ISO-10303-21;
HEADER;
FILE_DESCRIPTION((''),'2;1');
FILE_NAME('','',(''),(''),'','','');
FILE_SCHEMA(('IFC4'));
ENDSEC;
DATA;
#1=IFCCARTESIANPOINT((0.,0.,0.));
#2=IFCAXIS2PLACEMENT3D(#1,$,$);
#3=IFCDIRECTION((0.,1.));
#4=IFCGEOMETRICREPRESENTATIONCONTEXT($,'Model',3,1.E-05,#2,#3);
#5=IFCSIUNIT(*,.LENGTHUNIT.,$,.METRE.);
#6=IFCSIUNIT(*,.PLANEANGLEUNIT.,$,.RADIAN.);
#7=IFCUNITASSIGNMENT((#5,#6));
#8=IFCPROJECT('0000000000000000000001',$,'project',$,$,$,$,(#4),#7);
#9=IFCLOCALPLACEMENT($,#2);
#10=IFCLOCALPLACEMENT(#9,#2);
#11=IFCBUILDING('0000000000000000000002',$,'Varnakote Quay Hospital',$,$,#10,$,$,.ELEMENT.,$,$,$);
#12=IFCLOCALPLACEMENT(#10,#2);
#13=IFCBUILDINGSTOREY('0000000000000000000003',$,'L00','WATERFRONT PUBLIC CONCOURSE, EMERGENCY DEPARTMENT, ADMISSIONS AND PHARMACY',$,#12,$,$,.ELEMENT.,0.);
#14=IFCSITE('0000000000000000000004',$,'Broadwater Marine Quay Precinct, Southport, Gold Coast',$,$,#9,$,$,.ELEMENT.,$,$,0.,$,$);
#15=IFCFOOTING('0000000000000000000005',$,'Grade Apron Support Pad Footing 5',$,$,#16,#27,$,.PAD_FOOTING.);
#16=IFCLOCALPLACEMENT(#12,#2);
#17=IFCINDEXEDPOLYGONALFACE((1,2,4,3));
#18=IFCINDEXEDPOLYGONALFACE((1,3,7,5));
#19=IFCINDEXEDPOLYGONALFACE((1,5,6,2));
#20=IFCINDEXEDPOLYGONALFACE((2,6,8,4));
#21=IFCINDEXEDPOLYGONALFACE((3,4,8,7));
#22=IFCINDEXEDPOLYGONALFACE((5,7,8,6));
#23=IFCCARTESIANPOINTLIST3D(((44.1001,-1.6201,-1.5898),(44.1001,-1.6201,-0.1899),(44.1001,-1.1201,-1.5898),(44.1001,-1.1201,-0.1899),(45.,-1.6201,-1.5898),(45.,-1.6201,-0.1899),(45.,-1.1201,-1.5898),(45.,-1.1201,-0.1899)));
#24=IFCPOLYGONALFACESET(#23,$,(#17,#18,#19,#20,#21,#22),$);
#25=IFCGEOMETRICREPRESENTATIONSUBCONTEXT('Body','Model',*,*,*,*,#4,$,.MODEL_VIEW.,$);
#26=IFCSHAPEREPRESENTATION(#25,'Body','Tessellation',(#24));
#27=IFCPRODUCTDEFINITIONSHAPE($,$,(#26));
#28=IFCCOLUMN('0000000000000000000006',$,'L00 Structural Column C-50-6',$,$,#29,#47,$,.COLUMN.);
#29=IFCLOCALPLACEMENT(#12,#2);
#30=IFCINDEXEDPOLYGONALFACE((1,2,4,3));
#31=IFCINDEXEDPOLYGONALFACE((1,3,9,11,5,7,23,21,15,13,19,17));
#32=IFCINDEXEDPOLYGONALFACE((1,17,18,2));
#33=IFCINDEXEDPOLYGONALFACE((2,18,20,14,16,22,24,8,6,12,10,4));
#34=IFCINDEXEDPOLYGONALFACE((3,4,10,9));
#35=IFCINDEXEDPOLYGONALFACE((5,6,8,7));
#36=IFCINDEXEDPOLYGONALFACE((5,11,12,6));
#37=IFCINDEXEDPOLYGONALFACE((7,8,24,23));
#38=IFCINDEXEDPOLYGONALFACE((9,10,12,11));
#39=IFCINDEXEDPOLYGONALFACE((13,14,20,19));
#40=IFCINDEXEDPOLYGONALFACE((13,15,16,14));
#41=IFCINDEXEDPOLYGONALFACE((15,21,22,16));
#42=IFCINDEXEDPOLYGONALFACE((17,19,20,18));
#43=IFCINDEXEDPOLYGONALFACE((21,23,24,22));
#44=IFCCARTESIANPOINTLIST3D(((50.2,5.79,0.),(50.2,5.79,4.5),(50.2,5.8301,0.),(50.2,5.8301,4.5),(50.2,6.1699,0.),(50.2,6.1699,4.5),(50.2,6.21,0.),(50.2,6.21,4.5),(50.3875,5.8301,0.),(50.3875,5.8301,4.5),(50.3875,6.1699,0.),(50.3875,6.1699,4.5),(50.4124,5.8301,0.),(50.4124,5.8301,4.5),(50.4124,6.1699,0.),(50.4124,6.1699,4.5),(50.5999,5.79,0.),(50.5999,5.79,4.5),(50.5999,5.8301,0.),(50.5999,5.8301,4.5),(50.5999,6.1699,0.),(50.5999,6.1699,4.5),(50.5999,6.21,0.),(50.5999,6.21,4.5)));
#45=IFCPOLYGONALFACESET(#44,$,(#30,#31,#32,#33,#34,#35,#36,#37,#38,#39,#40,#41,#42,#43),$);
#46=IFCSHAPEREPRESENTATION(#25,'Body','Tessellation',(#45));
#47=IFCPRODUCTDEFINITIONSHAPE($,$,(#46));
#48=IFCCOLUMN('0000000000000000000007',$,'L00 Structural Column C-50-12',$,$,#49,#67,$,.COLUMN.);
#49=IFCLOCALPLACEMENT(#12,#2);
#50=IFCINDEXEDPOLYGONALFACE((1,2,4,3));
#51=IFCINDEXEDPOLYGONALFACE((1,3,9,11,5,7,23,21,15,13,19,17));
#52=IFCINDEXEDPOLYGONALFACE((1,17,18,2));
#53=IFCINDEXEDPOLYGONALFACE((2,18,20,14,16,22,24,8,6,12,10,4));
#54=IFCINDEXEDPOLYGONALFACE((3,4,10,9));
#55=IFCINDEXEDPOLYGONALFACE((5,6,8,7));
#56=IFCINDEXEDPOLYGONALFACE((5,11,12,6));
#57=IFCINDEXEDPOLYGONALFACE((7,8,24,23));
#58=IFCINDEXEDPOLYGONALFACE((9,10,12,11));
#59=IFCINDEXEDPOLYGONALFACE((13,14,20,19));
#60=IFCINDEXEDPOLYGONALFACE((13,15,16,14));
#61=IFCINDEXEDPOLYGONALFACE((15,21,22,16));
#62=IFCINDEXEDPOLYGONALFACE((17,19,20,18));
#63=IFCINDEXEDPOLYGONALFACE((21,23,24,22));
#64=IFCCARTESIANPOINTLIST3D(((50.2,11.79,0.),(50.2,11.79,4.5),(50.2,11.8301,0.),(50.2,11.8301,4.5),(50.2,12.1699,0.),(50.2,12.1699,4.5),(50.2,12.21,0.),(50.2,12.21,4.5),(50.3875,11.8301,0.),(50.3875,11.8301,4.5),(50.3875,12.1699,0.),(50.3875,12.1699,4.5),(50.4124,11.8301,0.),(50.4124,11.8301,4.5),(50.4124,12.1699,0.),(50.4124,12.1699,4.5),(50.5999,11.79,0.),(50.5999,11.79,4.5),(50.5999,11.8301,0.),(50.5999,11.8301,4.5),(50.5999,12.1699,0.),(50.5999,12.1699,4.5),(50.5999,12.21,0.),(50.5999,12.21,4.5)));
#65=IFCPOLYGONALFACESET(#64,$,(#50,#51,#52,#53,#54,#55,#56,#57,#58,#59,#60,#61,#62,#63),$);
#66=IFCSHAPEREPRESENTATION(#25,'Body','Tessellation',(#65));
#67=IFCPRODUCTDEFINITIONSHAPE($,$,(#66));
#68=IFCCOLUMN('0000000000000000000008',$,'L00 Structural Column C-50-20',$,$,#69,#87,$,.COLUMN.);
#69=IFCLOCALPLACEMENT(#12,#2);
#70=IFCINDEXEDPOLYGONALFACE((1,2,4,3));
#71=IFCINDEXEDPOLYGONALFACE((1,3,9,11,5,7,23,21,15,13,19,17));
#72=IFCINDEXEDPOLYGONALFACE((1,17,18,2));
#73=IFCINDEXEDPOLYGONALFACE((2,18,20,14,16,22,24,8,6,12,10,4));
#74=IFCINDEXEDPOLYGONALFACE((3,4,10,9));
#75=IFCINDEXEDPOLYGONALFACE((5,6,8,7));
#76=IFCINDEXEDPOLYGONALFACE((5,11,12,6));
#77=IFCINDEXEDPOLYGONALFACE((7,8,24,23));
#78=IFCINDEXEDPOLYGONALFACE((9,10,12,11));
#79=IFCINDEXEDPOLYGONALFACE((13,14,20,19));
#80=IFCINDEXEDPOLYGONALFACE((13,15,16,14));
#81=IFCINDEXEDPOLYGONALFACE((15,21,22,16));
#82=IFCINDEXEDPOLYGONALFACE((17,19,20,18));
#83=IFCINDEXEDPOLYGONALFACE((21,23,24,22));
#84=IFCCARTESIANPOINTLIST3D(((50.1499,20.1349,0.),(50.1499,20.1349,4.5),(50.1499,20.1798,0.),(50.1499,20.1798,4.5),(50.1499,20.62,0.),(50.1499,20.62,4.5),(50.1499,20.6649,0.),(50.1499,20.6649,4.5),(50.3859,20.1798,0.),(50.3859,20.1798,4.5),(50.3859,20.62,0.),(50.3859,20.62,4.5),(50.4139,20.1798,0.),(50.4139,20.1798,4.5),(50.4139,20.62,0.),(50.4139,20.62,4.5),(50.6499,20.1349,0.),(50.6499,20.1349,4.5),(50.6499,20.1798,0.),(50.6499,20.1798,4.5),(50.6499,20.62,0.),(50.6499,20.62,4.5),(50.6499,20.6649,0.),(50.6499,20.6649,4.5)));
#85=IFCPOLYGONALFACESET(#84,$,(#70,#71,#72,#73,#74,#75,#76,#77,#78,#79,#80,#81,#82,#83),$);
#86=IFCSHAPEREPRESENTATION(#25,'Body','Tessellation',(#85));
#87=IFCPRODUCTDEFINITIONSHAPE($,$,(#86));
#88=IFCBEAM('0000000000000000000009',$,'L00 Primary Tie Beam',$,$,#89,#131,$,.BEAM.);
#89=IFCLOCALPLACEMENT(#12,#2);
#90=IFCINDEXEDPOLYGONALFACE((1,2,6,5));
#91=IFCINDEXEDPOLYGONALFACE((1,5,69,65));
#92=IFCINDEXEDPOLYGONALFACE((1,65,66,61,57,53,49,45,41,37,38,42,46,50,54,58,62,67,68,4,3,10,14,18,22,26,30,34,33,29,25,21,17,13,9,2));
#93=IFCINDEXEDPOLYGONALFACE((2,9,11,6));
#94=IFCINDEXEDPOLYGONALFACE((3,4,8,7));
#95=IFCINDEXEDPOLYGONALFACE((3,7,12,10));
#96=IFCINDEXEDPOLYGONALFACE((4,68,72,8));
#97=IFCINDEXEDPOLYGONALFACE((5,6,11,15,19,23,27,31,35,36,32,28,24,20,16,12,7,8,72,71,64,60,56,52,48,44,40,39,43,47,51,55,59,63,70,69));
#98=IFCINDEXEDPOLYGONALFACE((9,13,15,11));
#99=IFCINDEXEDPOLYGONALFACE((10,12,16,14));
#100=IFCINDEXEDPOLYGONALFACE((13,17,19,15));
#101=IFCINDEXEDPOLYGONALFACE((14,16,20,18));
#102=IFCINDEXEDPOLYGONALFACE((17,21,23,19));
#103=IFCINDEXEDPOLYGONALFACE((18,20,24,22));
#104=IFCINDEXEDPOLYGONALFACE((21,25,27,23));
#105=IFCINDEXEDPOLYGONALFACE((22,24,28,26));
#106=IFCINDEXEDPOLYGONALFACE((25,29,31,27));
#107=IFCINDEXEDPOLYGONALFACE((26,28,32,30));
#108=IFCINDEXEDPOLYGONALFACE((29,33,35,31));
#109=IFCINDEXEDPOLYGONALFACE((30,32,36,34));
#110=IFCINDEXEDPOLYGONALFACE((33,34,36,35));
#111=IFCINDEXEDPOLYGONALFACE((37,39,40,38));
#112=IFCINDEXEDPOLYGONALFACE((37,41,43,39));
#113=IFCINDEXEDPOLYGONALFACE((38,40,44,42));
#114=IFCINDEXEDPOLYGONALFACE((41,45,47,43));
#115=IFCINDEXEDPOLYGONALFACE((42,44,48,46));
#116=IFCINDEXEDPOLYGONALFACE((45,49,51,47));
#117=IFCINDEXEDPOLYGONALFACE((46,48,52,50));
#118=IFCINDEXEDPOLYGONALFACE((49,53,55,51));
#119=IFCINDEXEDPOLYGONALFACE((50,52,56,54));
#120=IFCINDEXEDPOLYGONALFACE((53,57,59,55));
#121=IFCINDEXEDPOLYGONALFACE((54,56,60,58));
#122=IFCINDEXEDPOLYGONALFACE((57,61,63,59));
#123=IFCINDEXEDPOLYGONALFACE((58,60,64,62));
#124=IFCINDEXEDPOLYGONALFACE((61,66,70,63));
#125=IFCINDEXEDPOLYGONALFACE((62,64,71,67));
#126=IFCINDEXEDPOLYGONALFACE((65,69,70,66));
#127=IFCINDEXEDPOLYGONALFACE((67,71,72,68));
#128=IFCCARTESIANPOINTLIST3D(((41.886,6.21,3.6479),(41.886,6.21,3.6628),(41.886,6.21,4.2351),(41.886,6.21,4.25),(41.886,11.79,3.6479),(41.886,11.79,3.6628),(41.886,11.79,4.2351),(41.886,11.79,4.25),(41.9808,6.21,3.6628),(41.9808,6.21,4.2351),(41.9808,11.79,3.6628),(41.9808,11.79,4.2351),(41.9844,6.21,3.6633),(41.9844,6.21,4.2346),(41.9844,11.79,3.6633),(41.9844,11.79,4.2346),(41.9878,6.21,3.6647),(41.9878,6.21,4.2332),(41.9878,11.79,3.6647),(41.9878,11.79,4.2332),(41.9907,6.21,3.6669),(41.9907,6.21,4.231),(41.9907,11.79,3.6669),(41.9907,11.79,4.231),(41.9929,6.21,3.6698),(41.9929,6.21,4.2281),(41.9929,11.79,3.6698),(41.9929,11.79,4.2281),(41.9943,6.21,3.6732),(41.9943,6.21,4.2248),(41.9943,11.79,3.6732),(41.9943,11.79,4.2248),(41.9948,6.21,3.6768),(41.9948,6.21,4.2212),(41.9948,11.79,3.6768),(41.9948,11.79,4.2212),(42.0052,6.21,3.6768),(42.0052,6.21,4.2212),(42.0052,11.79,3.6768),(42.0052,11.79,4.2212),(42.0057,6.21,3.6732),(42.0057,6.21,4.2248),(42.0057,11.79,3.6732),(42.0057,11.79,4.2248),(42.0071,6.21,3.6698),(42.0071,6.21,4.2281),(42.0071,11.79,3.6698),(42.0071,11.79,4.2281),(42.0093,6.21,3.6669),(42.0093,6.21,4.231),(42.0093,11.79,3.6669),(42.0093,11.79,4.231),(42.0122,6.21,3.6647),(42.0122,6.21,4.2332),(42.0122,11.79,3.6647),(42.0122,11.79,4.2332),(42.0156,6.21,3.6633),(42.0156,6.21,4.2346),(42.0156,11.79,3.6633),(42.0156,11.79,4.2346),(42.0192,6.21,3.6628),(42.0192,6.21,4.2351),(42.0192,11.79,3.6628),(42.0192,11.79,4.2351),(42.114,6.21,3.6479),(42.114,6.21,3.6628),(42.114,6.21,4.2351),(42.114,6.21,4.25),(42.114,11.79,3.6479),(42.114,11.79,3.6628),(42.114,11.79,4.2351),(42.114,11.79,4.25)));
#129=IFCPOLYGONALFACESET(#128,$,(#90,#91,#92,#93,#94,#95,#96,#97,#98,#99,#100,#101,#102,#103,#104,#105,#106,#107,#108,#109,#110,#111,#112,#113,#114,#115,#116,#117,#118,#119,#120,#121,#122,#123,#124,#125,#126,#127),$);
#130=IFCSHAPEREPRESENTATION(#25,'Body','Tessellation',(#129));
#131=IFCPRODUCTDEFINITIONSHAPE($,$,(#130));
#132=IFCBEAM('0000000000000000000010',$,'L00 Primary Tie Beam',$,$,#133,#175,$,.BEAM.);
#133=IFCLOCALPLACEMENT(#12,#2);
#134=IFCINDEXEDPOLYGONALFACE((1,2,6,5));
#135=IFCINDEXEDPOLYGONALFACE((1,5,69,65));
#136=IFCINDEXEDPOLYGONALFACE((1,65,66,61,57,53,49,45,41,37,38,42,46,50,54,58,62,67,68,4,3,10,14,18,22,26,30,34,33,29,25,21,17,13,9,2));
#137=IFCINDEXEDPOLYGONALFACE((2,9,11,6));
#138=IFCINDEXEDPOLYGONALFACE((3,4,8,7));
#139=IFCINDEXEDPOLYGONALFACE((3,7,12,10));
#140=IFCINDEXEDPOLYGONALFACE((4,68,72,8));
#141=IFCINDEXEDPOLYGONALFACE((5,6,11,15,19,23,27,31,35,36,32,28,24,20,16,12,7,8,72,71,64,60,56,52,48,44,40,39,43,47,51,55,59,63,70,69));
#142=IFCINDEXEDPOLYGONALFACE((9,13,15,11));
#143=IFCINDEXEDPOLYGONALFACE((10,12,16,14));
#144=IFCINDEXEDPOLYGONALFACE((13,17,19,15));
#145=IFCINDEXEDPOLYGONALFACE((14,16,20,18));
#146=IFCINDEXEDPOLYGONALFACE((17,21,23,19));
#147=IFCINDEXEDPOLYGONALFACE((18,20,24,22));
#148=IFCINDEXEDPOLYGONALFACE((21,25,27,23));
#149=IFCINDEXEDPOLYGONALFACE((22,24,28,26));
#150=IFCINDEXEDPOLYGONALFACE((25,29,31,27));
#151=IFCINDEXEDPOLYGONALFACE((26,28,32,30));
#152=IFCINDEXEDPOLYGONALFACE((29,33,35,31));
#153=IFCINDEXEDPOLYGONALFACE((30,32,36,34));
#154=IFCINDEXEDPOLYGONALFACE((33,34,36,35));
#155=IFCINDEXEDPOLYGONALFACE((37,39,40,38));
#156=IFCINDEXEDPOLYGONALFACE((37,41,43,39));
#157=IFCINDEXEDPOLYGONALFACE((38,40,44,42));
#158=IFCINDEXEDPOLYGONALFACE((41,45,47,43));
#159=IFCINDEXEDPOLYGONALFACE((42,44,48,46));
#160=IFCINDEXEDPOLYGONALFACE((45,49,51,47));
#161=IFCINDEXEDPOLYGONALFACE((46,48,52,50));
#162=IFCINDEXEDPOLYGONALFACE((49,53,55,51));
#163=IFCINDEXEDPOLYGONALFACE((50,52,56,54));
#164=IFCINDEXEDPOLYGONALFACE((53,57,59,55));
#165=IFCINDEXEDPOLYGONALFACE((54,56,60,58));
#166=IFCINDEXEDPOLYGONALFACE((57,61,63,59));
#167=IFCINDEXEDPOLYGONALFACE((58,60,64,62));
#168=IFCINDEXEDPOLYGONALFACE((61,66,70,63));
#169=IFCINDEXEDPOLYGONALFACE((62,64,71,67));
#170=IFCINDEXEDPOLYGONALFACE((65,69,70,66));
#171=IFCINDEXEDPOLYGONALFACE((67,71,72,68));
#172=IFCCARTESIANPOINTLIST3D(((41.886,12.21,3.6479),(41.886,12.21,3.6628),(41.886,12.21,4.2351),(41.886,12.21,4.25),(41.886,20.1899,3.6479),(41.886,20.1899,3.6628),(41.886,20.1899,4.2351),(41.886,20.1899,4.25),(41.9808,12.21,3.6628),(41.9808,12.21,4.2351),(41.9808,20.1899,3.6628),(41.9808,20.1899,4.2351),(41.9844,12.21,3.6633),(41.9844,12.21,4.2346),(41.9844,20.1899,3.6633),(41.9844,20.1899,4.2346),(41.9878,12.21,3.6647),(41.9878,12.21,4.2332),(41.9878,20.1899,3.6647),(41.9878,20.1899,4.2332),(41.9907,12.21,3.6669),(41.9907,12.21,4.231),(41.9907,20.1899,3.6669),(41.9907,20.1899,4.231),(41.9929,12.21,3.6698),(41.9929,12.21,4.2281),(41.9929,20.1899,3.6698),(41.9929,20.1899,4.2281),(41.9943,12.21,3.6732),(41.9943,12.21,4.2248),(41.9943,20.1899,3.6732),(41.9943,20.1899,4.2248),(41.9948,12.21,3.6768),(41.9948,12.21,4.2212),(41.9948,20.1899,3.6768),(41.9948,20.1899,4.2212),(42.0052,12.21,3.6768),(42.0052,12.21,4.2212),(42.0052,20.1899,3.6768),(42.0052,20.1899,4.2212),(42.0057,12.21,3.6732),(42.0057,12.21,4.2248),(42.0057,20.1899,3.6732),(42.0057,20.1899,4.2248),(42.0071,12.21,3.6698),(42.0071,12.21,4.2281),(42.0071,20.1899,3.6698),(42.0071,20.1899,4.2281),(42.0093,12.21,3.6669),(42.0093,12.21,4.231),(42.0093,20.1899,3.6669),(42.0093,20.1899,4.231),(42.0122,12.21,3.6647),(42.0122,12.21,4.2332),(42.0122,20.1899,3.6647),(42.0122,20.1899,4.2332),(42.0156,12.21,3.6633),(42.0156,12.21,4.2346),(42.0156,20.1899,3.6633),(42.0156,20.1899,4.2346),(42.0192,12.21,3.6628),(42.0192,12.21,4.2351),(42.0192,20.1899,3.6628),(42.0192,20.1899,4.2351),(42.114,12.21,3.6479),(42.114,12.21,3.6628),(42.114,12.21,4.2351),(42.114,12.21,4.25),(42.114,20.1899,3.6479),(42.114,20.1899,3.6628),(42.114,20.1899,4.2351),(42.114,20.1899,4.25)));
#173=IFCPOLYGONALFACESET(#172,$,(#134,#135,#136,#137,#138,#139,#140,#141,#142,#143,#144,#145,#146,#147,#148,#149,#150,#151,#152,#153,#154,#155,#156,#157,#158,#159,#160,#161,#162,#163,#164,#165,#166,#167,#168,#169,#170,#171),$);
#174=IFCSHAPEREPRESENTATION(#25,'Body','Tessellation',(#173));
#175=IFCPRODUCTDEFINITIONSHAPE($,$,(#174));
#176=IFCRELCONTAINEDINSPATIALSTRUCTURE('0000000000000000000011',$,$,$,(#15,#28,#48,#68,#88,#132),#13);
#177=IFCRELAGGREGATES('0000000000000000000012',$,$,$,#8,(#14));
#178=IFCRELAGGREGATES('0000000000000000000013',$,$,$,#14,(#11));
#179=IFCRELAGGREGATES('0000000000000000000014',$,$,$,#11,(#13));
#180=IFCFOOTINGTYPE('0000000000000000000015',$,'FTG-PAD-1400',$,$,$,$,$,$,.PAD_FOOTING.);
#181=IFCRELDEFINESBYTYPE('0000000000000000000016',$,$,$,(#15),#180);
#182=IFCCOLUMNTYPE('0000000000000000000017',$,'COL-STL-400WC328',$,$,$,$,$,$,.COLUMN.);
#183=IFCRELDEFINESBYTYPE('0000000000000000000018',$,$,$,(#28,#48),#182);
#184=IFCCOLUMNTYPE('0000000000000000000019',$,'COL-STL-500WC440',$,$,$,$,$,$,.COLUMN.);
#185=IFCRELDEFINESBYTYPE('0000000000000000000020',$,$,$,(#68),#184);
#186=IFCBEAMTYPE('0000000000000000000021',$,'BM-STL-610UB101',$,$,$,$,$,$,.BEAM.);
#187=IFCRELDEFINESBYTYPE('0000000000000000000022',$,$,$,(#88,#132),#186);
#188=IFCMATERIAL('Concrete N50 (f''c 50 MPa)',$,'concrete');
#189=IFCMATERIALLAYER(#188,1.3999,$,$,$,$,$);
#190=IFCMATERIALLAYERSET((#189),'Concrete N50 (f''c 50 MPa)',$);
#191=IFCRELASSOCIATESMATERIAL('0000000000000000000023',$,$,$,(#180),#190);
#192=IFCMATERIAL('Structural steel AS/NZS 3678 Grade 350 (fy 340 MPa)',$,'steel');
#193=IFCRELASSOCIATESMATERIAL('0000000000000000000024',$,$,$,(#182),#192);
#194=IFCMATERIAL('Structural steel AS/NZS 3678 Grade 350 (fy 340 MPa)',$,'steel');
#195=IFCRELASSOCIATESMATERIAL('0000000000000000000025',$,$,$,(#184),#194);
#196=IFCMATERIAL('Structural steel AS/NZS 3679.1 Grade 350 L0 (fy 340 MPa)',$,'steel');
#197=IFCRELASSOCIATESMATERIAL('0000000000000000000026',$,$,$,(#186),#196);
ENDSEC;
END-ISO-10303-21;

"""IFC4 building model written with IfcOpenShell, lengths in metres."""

from ifc_helpers import new_model, si_unit, direction, frame, origin, origin_2d, place, context, subcontext, project, spatial, rectangle, i_section, extrude, material, layer, layer_set, material_profile, profile_set, type_object, element, save


model = new_model("IFC4")

# Units and contexts
model_context = context("Model", 3, precision=1e-05, world=origin(), true_north=direction((0.0, 1.0)))
body_context = subcontext(model_context, "Body", "Model", "MODEL_VIEW")
ifc_project = project(units=[si_unit("LENGTHUNIT", "METRE"), si_unit("PLANEANGLEUNIT", "RADIAN")], contexts=[model_context])

# Site, building, storey
site_placement = place(None, origin())
site = spatial("IfcSite", under=ifc_project, at=site_placement, Name="Broadwater Marine Quay Precinct, Southport, Gold Coast", CompositionType="ELEMENT", RefElevation=0.0)
building_placement = place(site_placement, origin())
building = spatial("IfcBuilding", under=site, at=building_placement, Name="Varnakote Quay Hospital", CompositionType="ELEMENT")
storey_placement = place(building_placement, origin())
storey = spatial("IfcBuildingStorey", under=building, at=storey_placement, Name="L00", Description="WATERFRONT PUBLIC CONCOURSE, EMERGENCY DEPARTMENT, ADMISSIONS AND PHARMACY", CompositionType="ELEMENT", Elevation=0.0)

# Footing
ifc_material_1 = material(Name="Concrete N50 (f'c 50 MPa)", Category="concrete")
ifc_layer_1 = layer(ifc_material_1, 1.3999)
ifc_layer_set_1 = layer_set([ifc_layer_1], Name="Concrete N50 (f'c 50 MPa)")
footing_type = type_object("IfcFootingType", Name="FTG-PAD-1400", PredefinedType="PAD_FOOTING", material=ifc_layer_set_1)
footing_placement = place(storey_placement, frame((44.55, -1.3701, -1.5898), z_axis=(0.0, 0.0, 1.0), x_axis=(1.0, 0.0, 0.0)))
element("IfcFooting", 1, at=footing_placement, inside=storey, type_object=footing_type, Name="Grade Apron Support Pad Footing 5", PredefinedType="PAD_FOOTING", context=body_context, shape_type="SweptSolid", body=[
    extrude(rectangle(XDim=0.8999, YDim=0.5, at=origin_2d()), origin(), (0.0, 0.0, 1.0), 1.3999),
])

# Columns
ifc_material_2 = material(Name="Structural steel AS/NZS 3678 Grade 350 (fy 340 MPa)", Category="steel")
ifc_material_profile_1 = material_profile(ifc_material_2, i_section(OverallWidth=0.3999, OverallDepth=0.4199, WebThickness=0.0249, FlangeThickness=0.04, at=origin_2d()), Name="400WC328")
ifc_profile_set_1 = profile_set([ifc_material_profile_1], Name="Structural steel AS/NZS 3678 Grade 350 (fy 340 MPa)")
column_type_1 = type_object("IfcColumnType", Name="COL-STL-400WC328", PredefinedType="COLUMN", material=ifc_profile_set_1)
for number, where, z_axis, x_axis, name in (
    (2, (50.3999, 6.0, 0.0), (0.0, 0.0, 1.0), (1.0, 0.0, 0.0), "L00 Structural Column C-50-6"),
    (3, (50.3999, 12.0, 0.0), (0.0, 0.0, 1.0), (1.0, 0.0, 0.0), "L00 Structural Column C-50-12"),
):
    element("IfcColumn", number, at=place(storey_placement, frame(where, z_axis=z_axis, x_axis=x_axis)), inside=storey, type_object=column_type_1, Name=name, PredefinedType="COLUMN", context=body_context, shape_type="SweptSolid", body=[
        extrude(i_section(OverallWidth=0.3999, OverallDepth=0.4199, WebThickness=0.0249, FlangeThickness=0.04, at=origin_2d()), origin(), (0.0, 0.0, 1.0), 4.5),
    ])
ifc_material_3 = material(Name="Structural steel AS/NZS 3678 Grade 350 (fy 340 MPa)", Category="steel")
ifc_material_profile_2 = material_profile(ifc_material_3, i_section(OverallWidth=0.5, OverallDepth=0.53, WebThickness=0.0281, FlangeThickness=0.0449, at=origin_2d()), Name="500WC440")
ifc_profile_set_2 = profile_set([ifc_material_profile_2], Name="Structural steel AS/NZS 3678 Grade 350 (fy 340 MPa)")
column_type_2 = type_object("IfcColumnType", Name="COL-STL-500WC440", PredefinedType="COLUMN", material=ifc_profile_set_2)
column_placement = place(storey_placement, frame((50.3999, 20.3999, 0.0), z_axis=(0.0, 0.0, 1.0), x_axis=(1.0, 0.0, 0.0)))
element("IfcColumn", 4, at=column_placement, inside=storey, type_object=column_type_2, Name="L00 Structural Column C-50-20", PredefinedType="COLUMN", context=body_context, shape_type="SweptSolid", body=[
    extrude(i_section(OverallWidth=0.5, OverallDepth=0.53, WebThickness=0.0281, FlangeThickness=0.0449, at=origin_2d()), origin(), (0.0, 0.0, 1.0), 4.5),
])

# Beams
ifc_material_4 = material(Name="Structural steel AS/NZS 3679.1 Grade 350 L0 (fy 340 MPa)", Category="steel")
ifc_material_profile_3 = material_profile(ifc_material_4, i_section(OverallWidth=0.228, OverallDepth=0.6021, WebThickness=0.0105, FlangeThickness=0.0149, FilletRadius=0.0139, at=origin_2d()), Name="610UB101")
ifc_profile_set_3 = profile_set([ifc_material_profile_3], Name="Structural steel AS/NZS 3679.1 Grade 350 L0 (fy 340 MPa)")
beam_type_1 = type_object("IfcBeamType", Name="BM-STL-610UB101", PredefinedType="BEAM", material=ifc_profile_set_3)
beam_1_placement = place(storey_placement, frame((42.0, 6.21, 3.949), z_axis=(0.0, 1.0, 0.0), x_axis=(-1.0, 0.0, 0.0)))
element("IfcBeam", 5, at=beam_1_placement, inside=storey, type_object=beam_type_1, Name="L00 Primary Tie Beam", PredefinedType="BEAM", context=body_context, shape_type="SweptSolid", body=[
    extrude(i_section(OverallWidth=0.228, OverallDepth=0.6021, WebThickness=0.0105, FlangeThickness=0.0149, FilletRadius=0.0139, at=origin_2d()), origin(), (0.0, 0.0, 1.0), 5.5801),
])
for number, where, z_axis, x_axis, name in (
    (6, (42.0, 12.21, 3.949), (0.0, 1.0, 0.0), (-1.0, 0.0, 0.0), "L00 Primary Tie Beam"),
):
    element("IfcBeam", number, at=place(storey_placement, frame(where, z_axis=z_axis, x_axis=x_axis)), inside=storey, type_object=beam_type_1, Name=name, PredefinedType="BEAM", context=body_context, shape_type="SweptSolid", body=[
        extrude(i_section(OverallWidth=0.228, OverallDepth=0.6021, WebThickness=0.0105, FlangeThickness=0.0149, FilletRadius=0.0139, at=origin_2d()), origin(), (0.0, 0.0, 1.0), 7.98),
    ])

save(model, "model.ifc")
